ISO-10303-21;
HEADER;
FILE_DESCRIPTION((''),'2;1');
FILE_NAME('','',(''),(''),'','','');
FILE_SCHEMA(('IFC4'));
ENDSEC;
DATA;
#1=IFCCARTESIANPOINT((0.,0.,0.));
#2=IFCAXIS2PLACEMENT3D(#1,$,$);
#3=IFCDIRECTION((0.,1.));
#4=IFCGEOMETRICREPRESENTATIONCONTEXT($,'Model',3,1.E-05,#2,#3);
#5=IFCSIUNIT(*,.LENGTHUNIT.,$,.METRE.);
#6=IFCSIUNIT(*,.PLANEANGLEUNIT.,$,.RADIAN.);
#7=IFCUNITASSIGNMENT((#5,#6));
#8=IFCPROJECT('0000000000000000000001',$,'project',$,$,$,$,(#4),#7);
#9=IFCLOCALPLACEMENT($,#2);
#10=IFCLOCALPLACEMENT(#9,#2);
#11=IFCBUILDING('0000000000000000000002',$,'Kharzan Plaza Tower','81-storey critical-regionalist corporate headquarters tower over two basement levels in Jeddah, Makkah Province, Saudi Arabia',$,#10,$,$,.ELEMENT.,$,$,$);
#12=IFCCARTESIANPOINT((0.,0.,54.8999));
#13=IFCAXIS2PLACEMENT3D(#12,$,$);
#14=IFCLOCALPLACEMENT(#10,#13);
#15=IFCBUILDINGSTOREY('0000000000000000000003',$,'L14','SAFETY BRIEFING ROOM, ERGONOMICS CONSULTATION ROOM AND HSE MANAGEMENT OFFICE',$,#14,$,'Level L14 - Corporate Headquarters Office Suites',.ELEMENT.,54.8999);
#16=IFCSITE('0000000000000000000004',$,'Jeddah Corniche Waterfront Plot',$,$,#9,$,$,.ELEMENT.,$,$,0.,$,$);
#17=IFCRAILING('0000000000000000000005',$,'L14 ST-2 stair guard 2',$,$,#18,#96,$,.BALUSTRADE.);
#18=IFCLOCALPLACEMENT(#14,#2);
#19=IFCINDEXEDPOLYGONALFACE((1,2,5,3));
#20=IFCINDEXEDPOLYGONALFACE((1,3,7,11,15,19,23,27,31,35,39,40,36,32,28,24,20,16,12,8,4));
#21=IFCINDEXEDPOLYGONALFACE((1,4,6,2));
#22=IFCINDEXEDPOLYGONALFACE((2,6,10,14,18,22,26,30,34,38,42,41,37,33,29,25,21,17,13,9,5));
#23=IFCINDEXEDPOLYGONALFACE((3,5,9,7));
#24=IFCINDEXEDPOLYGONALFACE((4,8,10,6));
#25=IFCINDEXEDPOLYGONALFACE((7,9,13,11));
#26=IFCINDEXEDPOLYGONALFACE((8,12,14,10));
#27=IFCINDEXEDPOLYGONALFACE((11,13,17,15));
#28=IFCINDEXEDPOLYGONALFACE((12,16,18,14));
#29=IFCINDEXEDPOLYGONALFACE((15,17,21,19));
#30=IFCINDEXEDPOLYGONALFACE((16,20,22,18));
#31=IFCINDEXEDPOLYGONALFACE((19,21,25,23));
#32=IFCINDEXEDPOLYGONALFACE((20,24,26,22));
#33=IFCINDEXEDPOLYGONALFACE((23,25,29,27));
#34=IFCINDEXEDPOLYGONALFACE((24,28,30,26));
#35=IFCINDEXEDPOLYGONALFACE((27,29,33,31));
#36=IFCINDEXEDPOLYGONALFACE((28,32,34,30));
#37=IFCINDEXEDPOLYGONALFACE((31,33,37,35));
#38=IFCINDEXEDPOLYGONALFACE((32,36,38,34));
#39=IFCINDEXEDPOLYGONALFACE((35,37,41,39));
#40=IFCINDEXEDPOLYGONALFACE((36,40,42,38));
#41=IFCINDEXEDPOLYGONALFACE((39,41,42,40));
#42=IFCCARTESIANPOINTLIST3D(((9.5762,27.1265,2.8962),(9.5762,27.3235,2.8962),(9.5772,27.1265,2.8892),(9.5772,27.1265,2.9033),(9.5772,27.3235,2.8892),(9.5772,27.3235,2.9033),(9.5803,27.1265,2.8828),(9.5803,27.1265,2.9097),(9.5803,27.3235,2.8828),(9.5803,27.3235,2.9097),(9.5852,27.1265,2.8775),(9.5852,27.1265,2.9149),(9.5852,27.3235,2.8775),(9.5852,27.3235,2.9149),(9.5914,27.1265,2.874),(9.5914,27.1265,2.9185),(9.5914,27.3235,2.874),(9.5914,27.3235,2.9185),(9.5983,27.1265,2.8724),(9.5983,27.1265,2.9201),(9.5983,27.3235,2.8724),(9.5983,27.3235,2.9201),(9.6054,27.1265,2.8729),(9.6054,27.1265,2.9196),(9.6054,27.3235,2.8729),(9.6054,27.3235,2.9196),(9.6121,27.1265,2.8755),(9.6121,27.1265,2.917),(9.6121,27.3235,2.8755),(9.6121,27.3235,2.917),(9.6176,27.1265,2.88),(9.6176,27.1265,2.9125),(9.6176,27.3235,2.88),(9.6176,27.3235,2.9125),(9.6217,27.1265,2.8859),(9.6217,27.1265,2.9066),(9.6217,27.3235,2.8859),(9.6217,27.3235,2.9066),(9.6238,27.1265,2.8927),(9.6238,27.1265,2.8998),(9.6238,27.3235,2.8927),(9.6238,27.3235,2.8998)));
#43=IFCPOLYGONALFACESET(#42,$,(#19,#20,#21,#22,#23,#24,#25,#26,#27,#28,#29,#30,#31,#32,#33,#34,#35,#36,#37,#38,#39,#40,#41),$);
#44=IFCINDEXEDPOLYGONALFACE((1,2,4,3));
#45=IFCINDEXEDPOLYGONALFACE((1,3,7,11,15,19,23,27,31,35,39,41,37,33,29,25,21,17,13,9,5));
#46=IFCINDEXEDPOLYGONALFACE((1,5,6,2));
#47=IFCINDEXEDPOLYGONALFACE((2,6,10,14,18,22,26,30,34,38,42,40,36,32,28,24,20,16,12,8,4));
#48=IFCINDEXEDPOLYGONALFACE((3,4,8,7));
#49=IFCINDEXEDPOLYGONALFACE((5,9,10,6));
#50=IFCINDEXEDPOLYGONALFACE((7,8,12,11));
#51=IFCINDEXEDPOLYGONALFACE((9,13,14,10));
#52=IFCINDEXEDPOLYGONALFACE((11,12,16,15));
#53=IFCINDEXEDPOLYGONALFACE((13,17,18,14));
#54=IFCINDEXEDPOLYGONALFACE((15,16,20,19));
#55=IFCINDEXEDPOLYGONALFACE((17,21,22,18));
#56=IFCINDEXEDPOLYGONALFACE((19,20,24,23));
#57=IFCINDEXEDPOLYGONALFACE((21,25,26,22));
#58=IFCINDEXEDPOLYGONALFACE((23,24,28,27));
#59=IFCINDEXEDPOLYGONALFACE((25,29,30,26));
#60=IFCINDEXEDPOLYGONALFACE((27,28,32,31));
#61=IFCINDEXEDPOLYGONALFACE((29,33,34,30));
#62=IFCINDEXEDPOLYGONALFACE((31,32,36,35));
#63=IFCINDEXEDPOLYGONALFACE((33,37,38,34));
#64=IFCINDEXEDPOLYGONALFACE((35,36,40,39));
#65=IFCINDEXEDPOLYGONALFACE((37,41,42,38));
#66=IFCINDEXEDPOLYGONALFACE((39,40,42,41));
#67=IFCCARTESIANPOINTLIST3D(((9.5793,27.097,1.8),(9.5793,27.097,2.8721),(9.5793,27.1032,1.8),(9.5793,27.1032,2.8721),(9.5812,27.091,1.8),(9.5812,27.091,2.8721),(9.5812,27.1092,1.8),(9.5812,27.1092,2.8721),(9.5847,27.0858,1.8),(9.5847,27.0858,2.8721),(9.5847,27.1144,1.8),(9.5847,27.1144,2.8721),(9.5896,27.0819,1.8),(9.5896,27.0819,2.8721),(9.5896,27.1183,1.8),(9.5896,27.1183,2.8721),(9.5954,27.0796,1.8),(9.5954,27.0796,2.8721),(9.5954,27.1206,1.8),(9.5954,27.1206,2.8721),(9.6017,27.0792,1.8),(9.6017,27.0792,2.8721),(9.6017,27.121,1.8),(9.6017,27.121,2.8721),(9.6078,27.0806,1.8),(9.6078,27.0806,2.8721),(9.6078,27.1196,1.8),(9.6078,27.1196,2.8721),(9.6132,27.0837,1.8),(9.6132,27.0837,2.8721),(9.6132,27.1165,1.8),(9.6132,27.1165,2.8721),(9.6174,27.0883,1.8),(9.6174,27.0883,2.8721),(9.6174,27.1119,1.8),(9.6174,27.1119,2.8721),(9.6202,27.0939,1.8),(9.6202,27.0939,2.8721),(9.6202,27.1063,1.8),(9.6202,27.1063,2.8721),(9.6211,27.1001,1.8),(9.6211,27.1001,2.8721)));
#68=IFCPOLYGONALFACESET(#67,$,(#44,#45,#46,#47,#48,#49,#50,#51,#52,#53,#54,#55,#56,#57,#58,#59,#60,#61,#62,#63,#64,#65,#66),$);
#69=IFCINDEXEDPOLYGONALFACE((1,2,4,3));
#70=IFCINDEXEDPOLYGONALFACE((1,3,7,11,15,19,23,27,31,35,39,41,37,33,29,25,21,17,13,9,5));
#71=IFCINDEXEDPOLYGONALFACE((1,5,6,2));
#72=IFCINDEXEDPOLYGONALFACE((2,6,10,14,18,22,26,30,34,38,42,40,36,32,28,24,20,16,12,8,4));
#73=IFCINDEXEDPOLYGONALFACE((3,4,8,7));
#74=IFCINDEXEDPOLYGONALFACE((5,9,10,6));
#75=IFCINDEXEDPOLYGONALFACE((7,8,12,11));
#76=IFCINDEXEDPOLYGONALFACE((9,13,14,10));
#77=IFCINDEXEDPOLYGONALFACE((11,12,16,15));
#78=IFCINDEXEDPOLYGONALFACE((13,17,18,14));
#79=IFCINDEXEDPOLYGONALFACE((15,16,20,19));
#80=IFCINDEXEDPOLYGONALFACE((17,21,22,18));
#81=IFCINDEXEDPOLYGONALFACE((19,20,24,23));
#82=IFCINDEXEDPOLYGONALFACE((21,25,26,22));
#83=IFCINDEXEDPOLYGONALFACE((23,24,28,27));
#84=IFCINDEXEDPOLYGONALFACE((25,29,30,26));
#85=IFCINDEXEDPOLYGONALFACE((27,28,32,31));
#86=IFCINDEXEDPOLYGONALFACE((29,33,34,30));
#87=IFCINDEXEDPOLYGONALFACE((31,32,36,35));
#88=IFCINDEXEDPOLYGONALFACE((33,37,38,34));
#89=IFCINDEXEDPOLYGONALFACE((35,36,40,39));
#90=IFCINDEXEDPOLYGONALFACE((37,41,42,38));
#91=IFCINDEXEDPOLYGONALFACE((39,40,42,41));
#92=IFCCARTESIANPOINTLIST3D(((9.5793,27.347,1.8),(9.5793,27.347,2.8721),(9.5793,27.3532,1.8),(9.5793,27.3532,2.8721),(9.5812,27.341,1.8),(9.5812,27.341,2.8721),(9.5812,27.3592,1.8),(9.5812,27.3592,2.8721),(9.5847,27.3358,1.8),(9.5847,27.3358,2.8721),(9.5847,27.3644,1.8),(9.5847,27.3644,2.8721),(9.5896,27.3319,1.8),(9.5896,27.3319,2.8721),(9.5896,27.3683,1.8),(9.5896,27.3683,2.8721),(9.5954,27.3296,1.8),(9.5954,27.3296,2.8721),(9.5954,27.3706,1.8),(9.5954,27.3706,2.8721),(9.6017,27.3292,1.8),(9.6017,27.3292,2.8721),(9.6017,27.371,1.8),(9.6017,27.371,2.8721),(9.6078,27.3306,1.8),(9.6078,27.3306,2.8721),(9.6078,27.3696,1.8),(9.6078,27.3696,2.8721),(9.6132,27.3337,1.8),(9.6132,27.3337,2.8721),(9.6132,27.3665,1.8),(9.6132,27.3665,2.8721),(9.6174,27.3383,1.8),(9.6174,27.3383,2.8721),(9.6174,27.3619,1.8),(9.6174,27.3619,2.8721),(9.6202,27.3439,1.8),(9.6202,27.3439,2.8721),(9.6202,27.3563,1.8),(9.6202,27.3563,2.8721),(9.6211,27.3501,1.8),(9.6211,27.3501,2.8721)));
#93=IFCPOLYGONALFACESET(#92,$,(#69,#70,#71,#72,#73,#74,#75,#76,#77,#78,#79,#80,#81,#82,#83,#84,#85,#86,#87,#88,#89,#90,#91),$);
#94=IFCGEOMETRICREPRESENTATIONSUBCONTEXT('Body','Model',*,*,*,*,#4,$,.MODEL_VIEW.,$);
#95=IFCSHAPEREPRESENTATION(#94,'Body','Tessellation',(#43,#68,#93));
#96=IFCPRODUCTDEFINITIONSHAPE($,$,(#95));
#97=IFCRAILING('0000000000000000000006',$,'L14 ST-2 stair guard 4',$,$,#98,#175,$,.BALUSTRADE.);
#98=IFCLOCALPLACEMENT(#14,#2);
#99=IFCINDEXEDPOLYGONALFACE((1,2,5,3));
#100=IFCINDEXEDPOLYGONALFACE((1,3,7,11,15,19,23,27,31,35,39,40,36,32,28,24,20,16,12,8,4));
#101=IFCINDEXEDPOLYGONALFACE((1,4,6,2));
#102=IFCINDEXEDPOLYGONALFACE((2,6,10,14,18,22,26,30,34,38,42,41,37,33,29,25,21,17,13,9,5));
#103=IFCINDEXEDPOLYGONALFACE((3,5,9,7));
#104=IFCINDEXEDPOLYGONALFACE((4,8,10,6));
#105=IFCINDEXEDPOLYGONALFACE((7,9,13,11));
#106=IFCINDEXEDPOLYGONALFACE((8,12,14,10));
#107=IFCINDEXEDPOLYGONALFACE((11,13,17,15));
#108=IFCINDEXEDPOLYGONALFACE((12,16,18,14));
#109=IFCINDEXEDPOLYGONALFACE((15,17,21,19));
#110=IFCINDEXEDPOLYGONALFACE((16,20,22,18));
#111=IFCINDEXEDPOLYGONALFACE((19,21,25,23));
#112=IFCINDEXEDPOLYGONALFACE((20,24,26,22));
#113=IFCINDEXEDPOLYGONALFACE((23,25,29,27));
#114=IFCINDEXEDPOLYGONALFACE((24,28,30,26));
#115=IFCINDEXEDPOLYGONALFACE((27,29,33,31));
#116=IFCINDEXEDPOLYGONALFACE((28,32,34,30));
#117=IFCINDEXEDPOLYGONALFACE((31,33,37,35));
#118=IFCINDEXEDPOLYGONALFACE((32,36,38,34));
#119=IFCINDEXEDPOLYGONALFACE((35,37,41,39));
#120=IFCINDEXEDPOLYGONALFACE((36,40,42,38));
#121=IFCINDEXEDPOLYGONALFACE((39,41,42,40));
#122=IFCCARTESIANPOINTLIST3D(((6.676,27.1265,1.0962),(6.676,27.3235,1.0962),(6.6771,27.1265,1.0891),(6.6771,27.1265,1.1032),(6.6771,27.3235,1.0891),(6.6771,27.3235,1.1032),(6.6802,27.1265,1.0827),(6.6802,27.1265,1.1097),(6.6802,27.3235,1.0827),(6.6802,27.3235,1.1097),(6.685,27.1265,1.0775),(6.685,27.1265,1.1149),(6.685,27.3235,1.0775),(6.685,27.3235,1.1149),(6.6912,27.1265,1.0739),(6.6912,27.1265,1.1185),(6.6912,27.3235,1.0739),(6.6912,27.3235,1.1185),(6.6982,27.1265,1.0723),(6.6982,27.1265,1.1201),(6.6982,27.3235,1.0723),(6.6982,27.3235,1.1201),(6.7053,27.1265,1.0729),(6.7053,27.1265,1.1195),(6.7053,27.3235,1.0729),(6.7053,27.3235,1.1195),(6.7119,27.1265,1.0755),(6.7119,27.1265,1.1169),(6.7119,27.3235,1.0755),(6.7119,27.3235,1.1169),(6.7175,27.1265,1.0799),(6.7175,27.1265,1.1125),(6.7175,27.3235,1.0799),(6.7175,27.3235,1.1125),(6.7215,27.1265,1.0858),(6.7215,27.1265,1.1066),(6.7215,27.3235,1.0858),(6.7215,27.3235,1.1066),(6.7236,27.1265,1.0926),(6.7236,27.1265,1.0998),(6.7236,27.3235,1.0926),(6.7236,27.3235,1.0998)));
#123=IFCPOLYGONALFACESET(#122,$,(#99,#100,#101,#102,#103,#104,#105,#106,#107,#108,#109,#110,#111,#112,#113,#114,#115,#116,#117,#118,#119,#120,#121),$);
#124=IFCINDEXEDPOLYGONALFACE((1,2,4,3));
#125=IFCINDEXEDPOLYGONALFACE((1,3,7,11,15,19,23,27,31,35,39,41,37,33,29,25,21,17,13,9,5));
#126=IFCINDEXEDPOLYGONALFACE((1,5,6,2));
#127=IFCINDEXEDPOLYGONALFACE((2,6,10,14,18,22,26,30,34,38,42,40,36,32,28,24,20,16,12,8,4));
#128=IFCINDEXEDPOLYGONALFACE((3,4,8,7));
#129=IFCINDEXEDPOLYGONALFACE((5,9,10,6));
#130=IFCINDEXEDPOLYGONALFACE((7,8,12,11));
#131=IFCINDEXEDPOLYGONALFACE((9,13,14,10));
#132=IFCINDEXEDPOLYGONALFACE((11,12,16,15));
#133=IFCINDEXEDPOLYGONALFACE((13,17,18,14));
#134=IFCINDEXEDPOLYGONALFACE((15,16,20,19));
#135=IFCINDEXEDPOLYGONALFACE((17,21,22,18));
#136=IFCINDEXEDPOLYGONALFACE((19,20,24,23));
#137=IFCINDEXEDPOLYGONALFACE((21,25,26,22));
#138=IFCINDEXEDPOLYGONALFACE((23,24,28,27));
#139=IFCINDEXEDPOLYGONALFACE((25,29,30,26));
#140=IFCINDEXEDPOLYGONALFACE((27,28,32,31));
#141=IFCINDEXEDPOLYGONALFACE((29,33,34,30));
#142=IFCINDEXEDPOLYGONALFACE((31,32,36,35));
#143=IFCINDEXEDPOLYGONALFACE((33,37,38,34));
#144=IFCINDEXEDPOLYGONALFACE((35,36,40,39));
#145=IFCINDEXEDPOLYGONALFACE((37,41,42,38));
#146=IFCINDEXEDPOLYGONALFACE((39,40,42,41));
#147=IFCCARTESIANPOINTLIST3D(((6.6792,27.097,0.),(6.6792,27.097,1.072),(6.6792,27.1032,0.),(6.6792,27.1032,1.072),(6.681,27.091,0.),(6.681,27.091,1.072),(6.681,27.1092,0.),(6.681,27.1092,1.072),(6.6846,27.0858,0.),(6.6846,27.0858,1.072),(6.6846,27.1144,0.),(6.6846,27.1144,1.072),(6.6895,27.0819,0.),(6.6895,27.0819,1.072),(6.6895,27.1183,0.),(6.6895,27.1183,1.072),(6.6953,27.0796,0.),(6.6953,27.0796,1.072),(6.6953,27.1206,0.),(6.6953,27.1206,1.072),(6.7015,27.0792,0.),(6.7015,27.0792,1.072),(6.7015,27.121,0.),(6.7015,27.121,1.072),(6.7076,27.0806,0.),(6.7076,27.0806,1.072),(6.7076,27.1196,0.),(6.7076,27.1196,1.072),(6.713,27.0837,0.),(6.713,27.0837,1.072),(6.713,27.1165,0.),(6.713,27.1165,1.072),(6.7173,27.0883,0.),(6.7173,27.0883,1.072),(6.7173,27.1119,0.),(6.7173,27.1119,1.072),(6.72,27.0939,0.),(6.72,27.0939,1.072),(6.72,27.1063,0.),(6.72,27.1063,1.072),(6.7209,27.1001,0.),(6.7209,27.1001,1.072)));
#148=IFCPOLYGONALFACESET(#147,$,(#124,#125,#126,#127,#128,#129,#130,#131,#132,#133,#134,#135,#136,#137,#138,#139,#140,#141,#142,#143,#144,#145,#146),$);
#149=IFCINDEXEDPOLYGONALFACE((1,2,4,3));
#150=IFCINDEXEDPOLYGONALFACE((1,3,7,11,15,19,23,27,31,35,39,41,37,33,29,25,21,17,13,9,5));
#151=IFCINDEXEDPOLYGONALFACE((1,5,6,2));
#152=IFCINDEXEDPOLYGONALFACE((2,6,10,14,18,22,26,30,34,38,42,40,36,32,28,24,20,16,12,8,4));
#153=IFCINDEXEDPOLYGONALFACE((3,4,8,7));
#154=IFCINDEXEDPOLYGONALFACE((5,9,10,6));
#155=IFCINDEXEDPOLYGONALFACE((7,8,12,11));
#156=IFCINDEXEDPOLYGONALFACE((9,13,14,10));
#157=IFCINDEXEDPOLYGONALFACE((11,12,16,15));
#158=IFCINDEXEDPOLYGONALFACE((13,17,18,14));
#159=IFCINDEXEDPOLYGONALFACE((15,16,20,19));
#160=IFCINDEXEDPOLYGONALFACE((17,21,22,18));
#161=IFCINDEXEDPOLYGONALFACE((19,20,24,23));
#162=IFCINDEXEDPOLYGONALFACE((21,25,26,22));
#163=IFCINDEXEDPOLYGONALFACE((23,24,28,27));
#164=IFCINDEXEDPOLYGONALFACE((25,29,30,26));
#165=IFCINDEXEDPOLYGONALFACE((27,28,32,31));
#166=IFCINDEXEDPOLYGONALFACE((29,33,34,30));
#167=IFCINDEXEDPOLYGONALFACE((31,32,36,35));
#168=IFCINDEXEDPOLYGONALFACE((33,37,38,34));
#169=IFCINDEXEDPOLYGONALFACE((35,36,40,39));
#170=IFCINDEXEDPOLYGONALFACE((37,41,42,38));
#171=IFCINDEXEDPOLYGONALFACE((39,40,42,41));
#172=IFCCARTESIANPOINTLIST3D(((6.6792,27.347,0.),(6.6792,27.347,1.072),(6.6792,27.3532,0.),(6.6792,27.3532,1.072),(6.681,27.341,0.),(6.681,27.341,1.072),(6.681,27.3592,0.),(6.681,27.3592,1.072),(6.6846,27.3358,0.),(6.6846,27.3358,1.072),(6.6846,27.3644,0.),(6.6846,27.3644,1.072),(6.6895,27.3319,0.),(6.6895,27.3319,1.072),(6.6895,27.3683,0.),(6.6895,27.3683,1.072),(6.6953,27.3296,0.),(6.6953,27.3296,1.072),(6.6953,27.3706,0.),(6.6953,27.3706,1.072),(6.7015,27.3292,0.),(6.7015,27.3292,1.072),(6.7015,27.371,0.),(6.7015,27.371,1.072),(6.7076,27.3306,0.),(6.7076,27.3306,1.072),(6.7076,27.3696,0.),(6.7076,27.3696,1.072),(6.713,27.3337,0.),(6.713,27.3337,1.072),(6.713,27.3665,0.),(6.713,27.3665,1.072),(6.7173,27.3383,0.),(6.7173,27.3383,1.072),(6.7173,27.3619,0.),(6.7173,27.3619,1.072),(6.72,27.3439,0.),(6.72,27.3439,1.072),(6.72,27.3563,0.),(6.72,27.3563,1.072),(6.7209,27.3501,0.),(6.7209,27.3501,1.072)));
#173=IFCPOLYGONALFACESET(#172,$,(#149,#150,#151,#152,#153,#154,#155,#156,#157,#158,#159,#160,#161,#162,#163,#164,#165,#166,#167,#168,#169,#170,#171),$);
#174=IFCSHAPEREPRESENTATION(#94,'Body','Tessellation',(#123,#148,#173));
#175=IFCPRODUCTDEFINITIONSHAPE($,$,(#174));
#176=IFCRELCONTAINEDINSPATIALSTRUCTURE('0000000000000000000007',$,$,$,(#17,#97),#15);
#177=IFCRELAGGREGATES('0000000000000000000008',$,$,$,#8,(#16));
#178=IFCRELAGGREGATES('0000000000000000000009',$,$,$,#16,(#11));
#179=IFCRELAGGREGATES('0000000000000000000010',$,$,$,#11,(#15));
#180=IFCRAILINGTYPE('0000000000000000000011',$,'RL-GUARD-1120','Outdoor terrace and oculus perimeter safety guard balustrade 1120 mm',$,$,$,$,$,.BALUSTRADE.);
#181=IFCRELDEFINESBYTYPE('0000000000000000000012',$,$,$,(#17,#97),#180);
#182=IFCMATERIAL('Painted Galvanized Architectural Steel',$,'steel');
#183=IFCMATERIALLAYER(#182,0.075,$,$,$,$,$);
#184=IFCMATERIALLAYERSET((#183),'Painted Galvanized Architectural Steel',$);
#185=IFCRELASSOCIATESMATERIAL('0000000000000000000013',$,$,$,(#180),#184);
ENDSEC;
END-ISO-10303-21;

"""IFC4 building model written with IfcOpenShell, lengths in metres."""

from ifc_helpers import new_model, si_unit, direction, frame, origin, origin_2d, place, context, subcontext, project, spatial, circle, extrude, source, transform, mapped, material, layer, layer_set, type_object, element, save


model = new_model("IFC4")

# Units and contexts
model_context = context("Model", 3, precision=1e-05, world=origin(), true_north=direction((0.0, 1.0)))
body_context = subcontext(model_context, "Body", "Model", "MODEL_VIEW")
ifc_project = project(units=[si_unit("LENGTHUNIT", "METRE"), si_unit("PLANEANGLEUNIT", "RADIAN")], contexts=[model_context])

# Site, building, storey
site_placement = place(None, origin())
site = spatial("IfcSite", under=ifc_project, at=site_placement, Name="Jeddah Corniche Waterfront Plot", CompositionType="ELEMENT", RefElevation=0.0)
building_placement = place(site_placement, origin())
building = spatial("IfcBuilding", under=site, at=building_placement, Name="Kharzan Plaza Tower", Description="81-storey critical-regionalist corporate headquarters tower over two basement levels in Jeddah, Makkah Province, Saudi Arabia", CompositionType="ELEMENT")
storey_placement = place(building_placement, frame((0.0, 0.0, 54.8999)))
storey = spatial("IfcBuildingStorey", under=building, at=storey_placement, Name="L14", Description="SAFETY BRIEFING ROOM, ERGONOMICS CONSULTATION ROOM AND HSE MANAGEMENT OFFICE", LongName="Level L14 - Corporate Headquarters Office Suites", CompositionType="ELEMENT", Elevation=54.8999)

# Railings
ifc_material_1 = material(Name="Painted Galvanized Architectural Steel", Category="steel")
ifc_layer_1 = layer(ifc_material_1, 0.075)
ifc_layer_set_1 = layer_set([ifc_layer_1], Name="Painted Galvanized Architectural Steel")
railing_type_1 = type_object("IfcRailingType", Name="RL-GUARD-1120", Description="Outdoor terrace and oculus perimeter safety guard balustrade 1120 mm", PredefinedType="BALUSTRADE", material=ifc_layer_set_1)
shared_shape_1 = source(origin(), body_context, "Body", "SweptSolid", [
    extrude(circle(Radius=0.0239, at=origin_2d()), frame((0.0, 0.0264, 1.0962), z_axis=(0.0, 1.0, 0.0), x_axis=(-1.0, 0.0, 0.0)), (0.0, 0.0, 1.0), 0.197),
    extrude(circle(Radius=0.021, at=origin_2d()), origin(), (0.0, 0.0, 1.0), 1.072),
    extrude(circle(Radius=0.021, at=origin_2d()), frame((0.0, 0.25, 0.0)), (0.0, 0.0, 1.0), 1.072),
])
for number, where, name in (
    (1, (9.6001, 27.1001, 1.8), "L14 ST-2 stair guard 2"),
    (2, (6.7, 27.1001, 0.0), "L14 ST-2 stair guard 4"),
):
    element("IfcRailing", number, at=place(storey_placement, frame(where)), inside=storey, type_object=railing_type_1, Name=name, PredefinedType="BALUSTRADE", context=body_context, shape_type="MappedRepresentation", body=[
        mapped(shared_shape_1, transform((0.0, 0.0, 0.0), x_axis=(1.0, 0.0, 0.0), y_axis=(0.0, 1.0, 0.0), z_axis=(0.0, 0.0, 1.0))),
    ])

save(model, "model.ifc")
